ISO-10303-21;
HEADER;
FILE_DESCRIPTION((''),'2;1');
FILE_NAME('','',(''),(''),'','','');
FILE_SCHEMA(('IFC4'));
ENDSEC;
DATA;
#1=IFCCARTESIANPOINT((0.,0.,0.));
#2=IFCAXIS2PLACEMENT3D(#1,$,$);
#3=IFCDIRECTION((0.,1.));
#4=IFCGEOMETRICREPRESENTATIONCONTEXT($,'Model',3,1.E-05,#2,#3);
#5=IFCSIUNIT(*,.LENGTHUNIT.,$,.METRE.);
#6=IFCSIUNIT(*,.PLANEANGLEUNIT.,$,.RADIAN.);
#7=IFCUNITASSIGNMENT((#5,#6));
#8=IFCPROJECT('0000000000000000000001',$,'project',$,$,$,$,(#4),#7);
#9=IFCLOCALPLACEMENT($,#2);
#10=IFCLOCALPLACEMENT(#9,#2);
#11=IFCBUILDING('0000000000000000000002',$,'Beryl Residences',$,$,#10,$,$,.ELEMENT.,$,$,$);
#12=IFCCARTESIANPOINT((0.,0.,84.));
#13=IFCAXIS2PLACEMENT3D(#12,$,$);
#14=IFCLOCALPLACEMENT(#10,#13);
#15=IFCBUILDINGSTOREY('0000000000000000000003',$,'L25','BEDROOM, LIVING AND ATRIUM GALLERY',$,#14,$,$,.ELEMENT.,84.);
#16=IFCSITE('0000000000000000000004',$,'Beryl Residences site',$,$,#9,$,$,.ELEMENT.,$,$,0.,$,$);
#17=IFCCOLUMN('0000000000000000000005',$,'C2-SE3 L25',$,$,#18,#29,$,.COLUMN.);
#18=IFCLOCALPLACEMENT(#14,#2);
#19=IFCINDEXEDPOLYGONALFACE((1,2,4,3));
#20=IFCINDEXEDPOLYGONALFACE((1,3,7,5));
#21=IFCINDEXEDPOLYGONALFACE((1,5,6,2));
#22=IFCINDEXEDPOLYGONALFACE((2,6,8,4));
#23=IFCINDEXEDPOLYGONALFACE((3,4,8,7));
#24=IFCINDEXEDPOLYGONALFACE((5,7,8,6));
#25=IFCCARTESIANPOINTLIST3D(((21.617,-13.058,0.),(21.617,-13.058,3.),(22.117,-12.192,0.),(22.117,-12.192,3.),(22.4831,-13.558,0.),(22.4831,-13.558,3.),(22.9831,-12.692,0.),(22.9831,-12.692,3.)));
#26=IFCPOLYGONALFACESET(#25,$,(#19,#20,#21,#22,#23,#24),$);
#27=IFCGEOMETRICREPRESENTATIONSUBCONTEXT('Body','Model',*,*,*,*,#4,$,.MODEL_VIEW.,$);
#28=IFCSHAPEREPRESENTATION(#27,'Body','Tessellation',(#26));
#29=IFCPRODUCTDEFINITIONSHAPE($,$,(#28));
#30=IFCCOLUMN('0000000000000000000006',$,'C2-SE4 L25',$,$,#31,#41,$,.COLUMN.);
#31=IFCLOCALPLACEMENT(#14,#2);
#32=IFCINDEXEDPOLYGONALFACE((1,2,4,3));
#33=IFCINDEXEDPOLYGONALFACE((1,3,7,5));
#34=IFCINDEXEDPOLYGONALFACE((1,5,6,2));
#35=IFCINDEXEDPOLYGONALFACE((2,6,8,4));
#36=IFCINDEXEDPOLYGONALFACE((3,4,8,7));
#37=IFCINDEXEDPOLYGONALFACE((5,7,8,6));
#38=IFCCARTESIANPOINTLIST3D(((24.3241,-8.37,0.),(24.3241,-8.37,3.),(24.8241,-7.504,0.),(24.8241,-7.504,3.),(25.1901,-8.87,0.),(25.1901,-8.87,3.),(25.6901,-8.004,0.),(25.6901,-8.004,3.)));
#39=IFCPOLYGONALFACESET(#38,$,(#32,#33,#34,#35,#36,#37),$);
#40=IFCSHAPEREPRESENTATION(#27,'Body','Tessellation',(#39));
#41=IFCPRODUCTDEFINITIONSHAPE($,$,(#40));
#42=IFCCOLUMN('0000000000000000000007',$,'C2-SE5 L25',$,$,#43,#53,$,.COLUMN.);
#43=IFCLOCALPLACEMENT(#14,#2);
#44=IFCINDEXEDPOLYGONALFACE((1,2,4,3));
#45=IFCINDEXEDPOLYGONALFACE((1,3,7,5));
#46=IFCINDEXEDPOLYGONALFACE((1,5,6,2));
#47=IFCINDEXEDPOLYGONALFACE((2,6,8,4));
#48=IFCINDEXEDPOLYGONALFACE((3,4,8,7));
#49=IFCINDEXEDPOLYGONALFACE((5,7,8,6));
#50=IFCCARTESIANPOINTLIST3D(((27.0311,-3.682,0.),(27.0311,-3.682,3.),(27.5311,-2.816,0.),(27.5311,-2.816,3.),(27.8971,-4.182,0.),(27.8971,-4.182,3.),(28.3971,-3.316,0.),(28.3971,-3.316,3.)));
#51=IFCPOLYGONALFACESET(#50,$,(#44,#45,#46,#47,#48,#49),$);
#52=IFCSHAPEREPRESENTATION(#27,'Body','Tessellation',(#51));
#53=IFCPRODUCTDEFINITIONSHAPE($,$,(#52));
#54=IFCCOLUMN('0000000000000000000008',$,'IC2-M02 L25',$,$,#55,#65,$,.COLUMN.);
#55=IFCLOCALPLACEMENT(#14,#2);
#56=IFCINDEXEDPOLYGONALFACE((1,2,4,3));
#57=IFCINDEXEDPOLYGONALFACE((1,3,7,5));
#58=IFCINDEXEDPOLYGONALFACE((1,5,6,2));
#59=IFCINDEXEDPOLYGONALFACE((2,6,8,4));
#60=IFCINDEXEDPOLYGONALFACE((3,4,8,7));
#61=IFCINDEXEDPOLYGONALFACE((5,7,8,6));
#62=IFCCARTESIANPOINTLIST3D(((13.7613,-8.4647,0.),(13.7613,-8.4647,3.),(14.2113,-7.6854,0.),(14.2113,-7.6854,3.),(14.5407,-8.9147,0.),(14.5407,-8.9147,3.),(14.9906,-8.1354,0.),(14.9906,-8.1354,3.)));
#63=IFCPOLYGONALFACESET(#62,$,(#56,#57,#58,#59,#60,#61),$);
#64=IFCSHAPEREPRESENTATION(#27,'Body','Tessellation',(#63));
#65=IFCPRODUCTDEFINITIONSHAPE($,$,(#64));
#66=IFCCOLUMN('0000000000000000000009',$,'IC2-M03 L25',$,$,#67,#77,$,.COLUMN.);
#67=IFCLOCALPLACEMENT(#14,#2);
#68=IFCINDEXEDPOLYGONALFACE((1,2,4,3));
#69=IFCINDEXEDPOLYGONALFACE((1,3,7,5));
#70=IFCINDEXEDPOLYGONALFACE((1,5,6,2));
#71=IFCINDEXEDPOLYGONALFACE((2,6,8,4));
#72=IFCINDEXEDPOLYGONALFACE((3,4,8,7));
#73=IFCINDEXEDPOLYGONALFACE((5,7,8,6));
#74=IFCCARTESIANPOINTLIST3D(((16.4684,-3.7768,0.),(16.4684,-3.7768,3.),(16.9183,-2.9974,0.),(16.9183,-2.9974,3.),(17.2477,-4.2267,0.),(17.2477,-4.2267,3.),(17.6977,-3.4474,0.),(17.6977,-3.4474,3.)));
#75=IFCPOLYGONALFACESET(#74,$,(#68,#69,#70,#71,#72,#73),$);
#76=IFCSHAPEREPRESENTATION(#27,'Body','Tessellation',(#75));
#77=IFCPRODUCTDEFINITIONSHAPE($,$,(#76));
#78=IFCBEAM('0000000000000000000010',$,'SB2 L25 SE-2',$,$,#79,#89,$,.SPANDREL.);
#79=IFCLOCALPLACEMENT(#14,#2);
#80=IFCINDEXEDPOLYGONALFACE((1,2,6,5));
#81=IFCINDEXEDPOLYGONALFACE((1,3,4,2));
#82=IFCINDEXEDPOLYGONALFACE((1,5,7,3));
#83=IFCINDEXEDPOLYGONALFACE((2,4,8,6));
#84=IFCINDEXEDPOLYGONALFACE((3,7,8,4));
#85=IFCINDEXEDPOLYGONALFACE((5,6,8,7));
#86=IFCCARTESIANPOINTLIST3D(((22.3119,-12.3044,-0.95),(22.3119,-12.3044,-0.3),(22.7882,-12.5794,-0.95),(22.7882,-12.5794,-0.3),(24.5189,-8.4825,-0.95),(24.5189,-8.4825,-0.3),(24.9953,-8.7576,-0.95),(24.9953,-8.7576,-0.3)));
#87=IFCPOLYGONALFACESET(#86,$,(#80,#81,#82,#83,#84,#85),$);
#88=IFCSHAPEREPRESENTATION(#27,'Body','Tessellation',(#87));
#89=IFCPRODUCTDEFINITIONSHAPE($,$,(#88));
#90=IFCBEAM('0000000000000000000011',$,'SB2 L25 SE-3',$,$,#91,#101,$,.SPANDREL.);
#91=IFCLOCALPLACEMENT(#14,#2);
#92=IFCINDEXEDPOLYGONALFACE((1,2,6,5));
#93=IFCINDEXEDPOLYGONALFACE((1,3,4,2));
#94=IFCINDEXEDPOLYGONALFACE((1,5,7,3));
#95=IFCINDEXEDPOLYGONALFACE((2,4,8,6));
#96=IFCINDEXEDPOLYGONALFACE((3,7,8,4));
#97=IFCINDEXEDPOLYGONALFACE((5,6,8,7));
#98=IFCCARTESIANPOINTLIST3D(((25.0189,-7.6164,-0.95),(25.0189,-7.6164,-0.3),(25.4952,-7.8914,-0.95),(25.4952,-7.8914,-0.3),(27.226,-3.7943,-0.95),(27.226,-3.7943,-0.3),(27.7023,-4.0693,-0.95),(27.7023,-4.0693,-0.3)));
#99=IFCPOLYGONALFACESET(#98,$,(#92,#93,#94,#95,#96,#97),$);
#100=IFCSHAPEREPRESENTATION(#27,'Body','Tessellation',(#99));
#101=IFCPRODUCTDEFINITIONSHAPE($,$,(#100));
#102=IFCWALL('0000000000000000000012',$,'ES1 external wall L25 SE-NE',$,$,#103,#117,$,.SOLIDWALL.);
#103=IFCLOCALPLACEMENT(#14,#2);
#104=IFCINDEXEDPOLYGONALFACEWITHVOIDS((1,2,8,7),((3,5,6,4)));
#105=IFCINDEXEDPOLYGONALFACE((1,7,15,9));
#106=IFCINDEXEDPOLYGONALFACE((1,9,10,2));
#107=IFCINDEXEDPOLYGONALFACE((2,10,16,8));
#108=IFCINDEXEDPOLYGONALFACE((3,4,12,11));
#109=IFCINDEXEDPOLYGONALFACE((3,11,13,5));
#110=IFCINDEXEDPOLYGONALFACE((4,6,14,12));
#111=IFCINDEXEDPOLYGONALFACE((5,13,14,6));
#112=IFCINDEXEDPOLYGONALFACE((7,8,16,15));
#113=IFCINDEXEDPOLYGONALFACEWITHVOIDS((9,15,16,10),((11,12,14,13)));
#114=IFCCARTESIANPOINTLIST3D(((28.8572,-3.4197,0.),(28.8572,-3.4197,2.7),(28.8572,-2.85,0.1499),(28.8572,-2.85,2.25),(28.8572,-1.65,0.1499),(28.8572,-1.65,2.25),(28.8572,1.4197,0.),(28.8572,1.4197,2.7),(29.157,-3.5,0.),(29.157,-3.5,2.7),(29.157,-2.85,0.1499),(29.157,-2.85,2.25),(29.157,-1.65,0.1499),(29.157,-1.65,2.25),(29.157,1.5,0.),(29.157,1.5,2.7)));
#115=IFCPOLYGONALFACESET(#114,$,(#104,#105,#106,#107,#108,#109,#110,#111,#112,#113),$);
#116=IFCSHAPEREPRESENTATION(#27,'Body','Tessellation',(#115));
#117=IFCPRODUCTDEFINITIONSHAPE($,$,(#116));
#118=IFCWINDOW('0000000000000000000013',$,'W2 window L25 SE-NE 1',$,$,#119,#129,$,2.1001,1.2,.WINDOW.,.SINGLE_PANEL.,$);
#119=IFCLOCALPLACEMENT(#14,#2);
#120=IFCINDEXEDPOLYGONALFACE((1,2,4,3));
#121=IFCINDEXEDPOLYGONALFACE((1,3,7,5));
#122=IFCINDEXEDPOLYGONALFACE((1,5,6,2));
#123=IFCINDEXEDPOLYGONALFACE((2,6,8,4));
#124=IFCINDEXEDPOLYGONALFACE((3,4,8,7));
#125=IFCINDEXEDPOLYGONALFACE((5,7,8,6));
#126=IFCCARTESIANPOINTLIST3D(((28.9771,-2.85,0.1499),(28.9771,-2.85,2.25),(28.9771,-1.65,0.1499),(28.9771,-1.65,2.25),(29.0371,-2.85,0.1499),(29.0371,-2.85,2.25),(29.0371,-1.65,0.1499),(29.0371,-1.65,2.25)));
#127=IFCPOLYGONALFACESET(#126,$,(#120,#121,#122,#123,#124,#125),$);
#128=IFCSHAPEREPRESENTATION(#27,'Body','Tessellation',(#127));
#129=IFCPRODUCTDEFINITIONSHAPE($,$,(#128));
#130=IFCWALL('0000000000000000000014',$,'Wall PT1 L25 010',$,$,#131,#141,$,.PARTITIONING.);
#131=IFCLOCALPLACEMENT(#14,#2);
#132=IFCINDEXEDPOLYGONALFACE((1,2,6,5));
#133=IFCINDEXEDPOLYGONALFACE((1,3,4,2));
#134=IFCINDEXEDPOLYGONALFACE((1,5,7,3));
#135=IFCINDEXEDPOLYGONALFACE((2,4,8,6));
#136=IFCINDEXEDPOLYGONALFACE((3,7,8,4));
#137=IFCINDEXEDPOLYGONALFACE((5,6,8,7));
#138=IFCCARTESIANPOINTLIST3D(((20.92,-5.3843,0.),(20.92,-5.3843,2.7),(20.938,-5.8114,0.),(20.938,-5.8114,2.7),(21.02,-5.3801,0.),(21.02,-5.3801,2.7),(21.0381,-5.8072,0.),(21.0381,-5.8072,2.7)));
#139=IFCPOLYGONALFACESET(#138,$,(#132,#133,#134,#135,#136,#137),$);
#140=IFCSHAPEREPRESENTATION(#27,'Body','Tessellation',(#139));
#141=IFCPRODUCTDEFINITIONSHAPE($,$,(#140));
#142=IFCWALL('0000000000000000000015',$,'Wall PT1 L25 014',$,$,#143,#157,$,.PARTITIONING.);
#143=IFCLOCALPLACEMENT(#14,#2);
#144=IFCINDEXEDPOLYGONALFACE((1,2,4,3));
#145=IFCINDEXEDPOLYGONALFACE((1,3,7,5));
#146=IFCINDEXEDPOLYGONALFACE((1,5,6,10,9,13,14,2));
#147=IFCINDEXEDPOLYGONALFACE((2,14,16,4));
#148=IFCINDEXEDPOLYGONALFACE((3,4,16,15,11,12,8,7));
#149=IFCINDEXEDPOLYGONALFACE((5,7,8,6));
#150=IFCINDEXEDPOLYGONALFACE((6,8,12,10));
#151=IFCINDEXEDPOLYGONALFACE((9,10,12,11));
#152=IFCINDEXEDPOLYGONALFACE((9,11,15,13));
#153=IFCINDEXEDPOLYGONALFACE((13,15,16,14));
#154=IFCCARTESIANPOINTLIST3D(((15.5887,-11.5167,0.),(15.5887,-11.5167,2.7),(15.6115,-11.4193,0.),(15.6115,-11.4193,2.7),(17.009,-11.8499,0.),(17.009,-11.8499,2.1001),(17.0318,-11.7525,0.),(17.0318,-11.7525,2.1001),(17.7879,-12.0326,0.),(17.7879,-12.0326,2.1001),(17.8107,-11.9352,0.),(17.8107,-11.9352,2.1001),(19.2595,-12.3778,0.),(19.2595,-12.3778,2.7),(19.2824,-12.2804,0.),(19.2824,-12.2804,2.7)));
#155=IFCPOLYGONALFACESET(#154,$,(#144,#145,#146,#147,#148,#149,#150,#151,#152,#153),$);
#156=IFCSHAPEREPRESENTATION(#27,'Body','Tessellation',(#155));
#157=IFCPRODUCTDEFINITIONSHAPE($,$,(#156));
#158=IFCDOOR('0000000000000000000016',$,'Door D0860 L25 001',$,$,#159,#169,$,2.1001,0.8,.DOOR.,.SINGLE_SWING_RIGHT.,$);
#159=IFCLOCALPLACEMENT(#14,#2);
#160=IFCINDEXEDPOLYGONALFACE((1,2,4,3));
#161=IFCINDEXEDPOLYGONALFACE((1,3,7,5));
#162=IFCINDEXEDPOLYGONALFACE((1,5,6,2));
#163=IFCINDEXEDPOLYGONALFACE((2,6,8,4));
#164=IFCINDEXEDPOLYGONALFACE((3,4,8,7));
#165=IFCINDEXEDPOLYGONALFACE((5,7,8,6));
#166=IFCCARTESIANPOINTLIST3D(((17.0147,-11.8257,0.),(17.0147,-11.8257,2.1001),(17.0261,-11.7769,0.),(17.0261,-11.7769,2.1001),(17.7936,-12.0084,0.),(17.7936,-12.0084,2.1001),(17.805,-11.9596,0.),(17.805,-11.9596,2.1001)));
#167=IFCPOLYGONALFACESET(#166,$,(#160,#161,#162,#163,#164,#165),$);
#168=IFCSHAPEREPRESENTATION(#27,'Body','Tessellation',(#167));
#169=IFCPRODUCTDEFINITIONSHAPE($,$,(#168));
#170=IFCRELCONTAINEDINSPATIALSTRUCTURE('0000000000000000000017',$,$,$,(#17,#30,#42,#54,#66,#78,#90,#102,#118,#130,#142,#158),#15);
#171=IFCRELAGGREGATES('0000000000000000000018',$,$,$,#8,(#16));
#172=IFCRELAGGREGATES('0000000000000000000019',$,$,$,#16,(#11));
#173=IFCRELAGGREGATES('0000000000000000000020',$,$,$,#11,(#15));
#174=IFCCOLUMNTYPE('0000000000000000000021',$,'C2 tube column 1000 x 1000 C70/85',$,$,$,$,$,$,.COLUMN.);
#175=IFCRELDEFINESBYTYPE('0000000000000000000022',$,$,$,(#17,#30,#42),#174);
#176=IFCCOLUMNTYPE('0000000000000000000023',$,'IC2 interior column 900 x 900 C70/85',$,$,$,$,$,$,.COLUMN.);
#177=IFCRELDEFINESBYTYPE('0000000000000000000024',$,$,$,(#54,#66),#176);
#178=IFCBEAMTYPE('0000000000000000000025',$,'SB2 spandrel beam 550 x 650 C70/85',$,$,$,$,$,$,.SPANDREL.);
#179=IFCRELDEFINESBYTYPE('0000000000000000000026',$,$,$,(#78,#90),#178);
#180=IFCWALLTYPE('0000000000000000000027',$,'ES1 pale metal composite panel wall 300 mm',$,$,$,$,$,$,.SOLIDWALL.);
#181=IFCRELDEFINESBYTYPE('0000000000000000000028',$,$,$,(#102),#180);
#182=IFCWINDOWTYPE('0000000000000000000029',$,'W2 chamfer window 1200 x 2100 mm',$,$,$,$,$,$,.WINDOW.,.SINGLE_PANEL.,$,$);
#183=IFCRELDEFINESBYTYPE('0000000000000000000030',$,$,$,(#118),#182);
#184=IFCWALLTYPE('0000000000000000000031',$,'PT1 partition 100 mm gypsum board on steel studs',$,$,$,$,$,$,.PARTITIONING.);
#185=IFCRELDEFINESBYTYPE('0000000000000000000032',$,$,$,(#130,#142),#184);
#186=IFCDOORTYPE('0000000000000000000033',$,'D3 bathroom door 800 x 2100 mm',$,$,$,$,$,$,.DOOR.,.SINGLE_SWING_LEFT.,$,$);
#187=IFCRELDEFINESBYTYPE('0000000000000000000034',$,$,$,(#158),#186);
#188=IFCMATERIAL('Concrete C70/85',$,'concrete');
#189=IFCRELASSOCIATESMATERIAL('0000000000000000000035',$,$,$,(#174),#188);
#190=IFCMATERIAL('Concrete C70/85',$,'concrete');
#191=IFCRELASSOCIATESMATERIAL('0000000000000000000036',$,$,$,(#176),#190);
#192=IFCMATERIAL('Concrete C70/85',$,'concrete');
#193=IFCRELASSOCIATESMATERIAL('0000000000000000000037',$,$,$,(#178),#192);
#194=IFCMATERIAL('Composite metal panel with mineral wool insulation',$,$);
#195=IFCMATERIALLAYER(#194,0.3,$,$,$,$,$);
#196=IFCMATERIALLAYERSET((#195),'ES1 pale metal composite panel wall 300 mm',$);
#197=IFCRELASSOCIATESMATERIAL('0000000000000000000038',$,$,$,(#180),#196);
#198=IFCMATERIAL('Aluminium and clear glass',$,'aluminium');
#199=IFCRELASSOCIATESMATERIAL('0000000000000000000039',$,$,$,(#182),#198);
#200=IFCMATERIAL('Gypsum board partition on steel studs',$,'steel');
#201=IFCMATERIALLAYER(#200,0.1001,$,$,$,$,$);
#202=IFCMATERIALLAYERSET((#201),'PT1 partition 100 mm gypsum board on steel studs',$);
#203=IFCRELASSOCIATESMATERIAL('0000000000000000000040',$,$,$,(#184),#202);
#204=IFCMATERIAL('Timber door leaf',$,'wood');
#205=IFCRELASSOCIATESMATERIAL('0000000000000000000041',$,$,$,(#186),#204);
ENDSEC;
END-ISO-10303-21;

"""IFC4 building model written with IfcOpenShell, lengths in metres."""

from ifc_helpers import new_model, si_unit, direction, frame, frame_2d, origin, origin_2d, place, context, subcontext, project, spatial, polyline, rectangle, outline, extrude, material, layer, layer_set, material_profile, profile_set, type_object, element, fill, save


model = new_model("IFC4")

# Units and contexts
model_context = context("Model", 3, precision=1e-05, world=origin(), true_north=direction((0.0, 1.0)))
body_context = subcontext(model_context, "Body", "Model", "MODEL_VIEW")
ifc_project = project(units=[si_unit("LENGTHUNIT", "METRE"), si_unit("PLANEANGLEUNIT", "RADIAN")], contexts=[model_context])

# Site, building, storey
site_placement = place(None, origin())
site = spatial("IfcSite", under=ifc_project, at=site_placement, Name="Beryl Residences site", CompositionType="ELEMENT", RefElevation=0.0)
building_placement = place(site_placement, origin())
building = spatial("IfcBuilding", under=site, at=building_placement, Name="Beryl Residences", CompositionType="ELEMENT")
storey_placement = place(building_placement, frame((0.0, 0.0, 84.0)))
storey = spatial("IfcBuildingStorey", under=building, at=storey_placement, Name="L25", Description="BEDROOM, LIVING AND ATRIUM GALLERY", CompositionType="ELEMENT", Elevation=84.0)

# Columns
ifc_material_1 = material(Name="Concrete C70/85", Category="concrete")
ifc_material_profile_1 = material_profile(ifc_material_1, rectangle(XDim=1.0, YDim=1.0, at=origin_2d()))
ifc_profile_set_1 = profile_set([ifc_material_profile_1], Name="Concrete C70/85")
column_type_1 = type_object("IfcColumnType", Name="C2 tube column 1000 x 1000 C70/85", PredefinedType="COLUMN", material=ifc_profile_set_1)
for number, where, z_axis, x_axis, name in (
    (1, (22.3, -12.875, 0.0), (0.0, 0.0, 1.0), (0.5, 0.866025, 0.0), "C2-SE3 L25"),
    (2, (25.0071, -8.187, 0.0), (0.0, 0.0, 1.0), (0.5, 0.866025, 0.0), "C2-SE4 L25"),
    (3, (27.7141, -3.499, 0.0), (0.0, 0.0, 1.0), (0.5, 0.866025, 0.0), "C2-SE5 L25"),
):
    element("IfcColumn", number, at=place(storey_placement, frame(where, z_axis=z_axis, x_axis=x_axis)), inside=storey, type_object=column_type_1, Name=name, PredefinedType="COLUMN", context=body_context, shape_type="SweptSolid", body=[
        extrude(rectangle(XDim=1.0, YDim=1.0, at=origin_2d()), origin(), (0.0, 0.0, 1.0), 3.0),
    ])
ifc_material_2 = material(Name="Concrete C70/85", Category="concrete")
ifc_material_profile_2 = material_profile(ifc_material_2, rectangle(XDim=0.8999, YDim=0.8999, at=origin_2d()))
ifc_profile_set_2 = profile_set([ifc_material_profile_2], Name="Concrete C70/85")
column_type_2 = type_object("IfcColumnType", Name="IC2 interior column 900 x 900 C70/85", PredefinedType="COLUMN", material=ifc_profile_set_2)
for number, where, z_axis, x_axis, name in (
    (4, (14.376, -8.3, 0.0), (0.0, 0.0, 1.0), (0.5, 0.866025, 0.0), "IC2-M02 L25"),
    (5, (17.083, -3.6121, 0.0), (0.0, 0.0, 1.0), (0.5, 0.866025, 0.0), "IC2-M03 L25"),
):
    element("IfcColumn", number, at=place(storey_placement, frame(where, z_axis=z_axis, x_axis=x_axis)), inside=storey, type_object=column_type_2, Name=name, PredefinedType="COLUMN", context=body_context, shape_type="SweptSolid", body=[
        extrude(rectangle(XDim=0.8999, YDim=0.8999, at=origin_2d()), origin(), (0.0, 0.0, 1.0), 3.0),
    ])

# Beams
ifc_material_3 = material(Name="Concrete C70/85", Category="concrete")
ifc_material_profile_3 = material_profile(ifc_material_3, rectangle(XDim=0.55, YDim=0.6499, at=origin_2d()))
ifc_profile_set_3 = profile_set([ifc_material_profile_3], Name="Concrete C70/85")
beam_type = type_object("IfcBeamType", Name="SB2 spandrel beam 550 x 650 C70/85", PredefinedType="SPANDREL", material=ifc_profile_set_3)
beam_1_placement = place(storey_placement, frame((22.55, -12.4419, -0.625), z_axis=(0.50009, 0.865974, 0.0), x_axis=(-0.865974, 0.50009, 0.0)))
element("IfcBeam", 6, at=beam_1_placement, inside=storey, type_object=beam_type, Name="SB2 L25 SE-2", PredefinedType="SPANDREL", context=body_context, shape_type="SweptSolid", body=[
    extrude(rectangle(XDim=0.55, YDim=0.6499, at=origin_2d()), origin(), (0.0, 0.0, 1.0), 4.4133),
])
beam_2_placement = place(storey_placement, frame((25.2571, -7.7539, -0.625), z_axis=(0.500066, 0.865988, 0.0), x_axis=(-0.865988, 0.500066, 0.0)))
element("IfcBeam", 7, at=beam_2_placement, inside=storey, type_object=beam_type, Name="SB2 L25 SE-3", PredefinedType="SPANDREL", context=body_context, shape_type="SweptSolid", body=[
    extrude(rectangle(XDim=0.55, YDim=0.6499, at=origin_2d()), origin(), (0.0, 0.0, 1.0), 4.4136),
])

# Wall, opening, window
ifc_material_4 = material(Name="Composite metal panel with mineral wool insulation")
ifc_layer_1 = layer(ifc_material_4, 0.3)
ifc_layer_set_1 = layer_set([ifc_layer_1], Name="ES1 pale metal composite panel wall 300 mm")
wall_type_1 = type_object("IfcWallType", Name="ES1 pale metal composite panel wall 300 mm", PredefinedType="SOLIDWALL", material=ifc_layer_set_1)
wall_1_placement = place(storey_placement, frame((29.0071, -3.5, 0.0), z_axis=(0.0, 0.0, 1.0), x_axis=(0.0, 1.0, 0.0)))
wall_1 = element("IfcWall", 8, at=wall_1_placement, inside=storey, type_object=wall_type_1, Name="ES1 external wall L25 SE-NE", PredefinedType="SOLIDWALL", context=body_context, shape_type="SweptSolid", body=[
    extrude(outline(polyline([(0.0, -0.1499), (5.0, -0.1499), (4.9197, 0.1499), (0.0803, 0.1499), (0.0, -0.1499)])), origin(), (0.0, 0.0, 1.0), 2.7),
])
opening_1_placement = place(wall_1_placement, frame((0.6499, 0.0, 0.1499)))
opening_1 = element("IfcOpeningElement", 9, at=opening_1_placement, cuts=wall_1, PredefinedType="OPENING", context=body_context, shape_type="SweptSolid", body=[
    extrude(rectangle(XDim=1.2, YDim=2.1001, at=frame_2d((0.6001, 1.05))), frame((0.0, 0.1599, 0.0), z_axis=(0.0, -1.0, 0.0), x_axis=(1.0, 0.0, 0.0)), (0.0, 0.0, 1.0), 0.3201),
])
ifc_material_5 = material(Name="Aluminium and clear glass", Category="aluminium")
window_type = type_object("IfcWindowType", Name="W2 chamfer window 1200 x 2100 mm", PartitioningType="SINGLE_PANEL", PredefinedType="WINDOW", material=ifc_material_5)
window_placement = place(opening_1_placement, origin())
window = element("IfcWindow", 10, at=window_placement, inside=storey, type_object=window_type, Name="W2 window L25 SE-NE 1", OverallHeight=2.1001, OverallWidth=1.2, PartitioningType="SINGLE_PANEL", PredefinedType="WINDOW", context=body_context, shape_type="SweptSolid", body=[
    extrude(rectangle(XDim=1.2, YDim=2.1001, at=frame_2d((0.6001, 1.05))), frame((0.0, 0.03, 0.0), z_axis=(0.0, -1.0, 0.0), x_axis=(1.0, 0.0, 0.0)), (0.0, 0.0, 1.0), 0.0601),
])
fill(opening_1, window)

# Wall
ifc_material_6 = material(Name="Gypsum board partition on steel studs", Category="steel")
ifc_layer_2 = layer(ifc_material_6, 0.1001)
ifc_layer_set_2 = layer_set([ifc_layer_2], Name="PT1 partition 100 mm gypsum board on steel studs")
wall_type_2 = type_object("IfcWallType", Name="PT1 partition 100 mm gypsum board on steel studs", PredefinedType="PARTITIONING", material=ifc_layer_set_2)
wall_2_placement = place(storey_placement, frame((20.97, -5.3821, 0.0), z_axis=(0.0, 0.0, 1.0), x_axis=(0.042272, -0.999106, 0.0)))
element("IfcWall", 11, at=wall_2_placement, inside=storey, type_object=wall_type_2, Name="Wall PT1 L25 010", PredefinedType="PARTITIONING", context=body_context, shape_type="SweptSolid", body=[
    extrude(rectangle(XDim=0.4275, YDim=0.1001, at=frame_2d((0.2139, 0.0))), origin(), (0.0, 0.0, 1.0), 2.7),
])

# Wall, opening, door
wall_3_placement = place(storey_placement, frame((15.6001, -11.468, 0.0), z_axis=(0.0, 0.0, 1.0), x_axis=(0.973574, -0.228372, 0.0)))
wall_3 = element("IfcWall", 12, at=wall_3_placement, inside=storey, type_object=wall_type_2, Name="Wall PT1 L25 014", PredefinedType="PARTITIONING", context=body_context, shape_type="SweptSolid", body=[
    extrude(rectangle(XDim=3.7705, YDim=0.1001, at=frame_2d((1.8853, 0.0))), origin(), (0.0, 0.0, 1.0), 2.7),
])
opening_2_placement = place(wall_3_placement, frame((1.459, 0.0, 0.0)))
opening_2 = element("IfcOpeningElement", 13, at=opening_2_placement, cuts=wall_3, PredefinedType="OPENING", context=body_context, shape_type="SweptSolid", body=[
    extrude(rectangle(XDim=0.8, YDim=2.1001, at=frame_2d((0.3999, 1.05))), frame((0.0, 0.0601, 0.0), z_axis=(0.0, -1.0, 0.0), x_axis=(1.0, 0.0, 0.0)), (0.0, 0.0, 1.0), 0.1201),
])
ifc_material_7 = material(Name="Timber door leaf", Category="wood")
door_type_1 = type_object("IfcDoorType", Name="D3 bathroom door 800 x 2100 mm", OperationType="SINGLE_SWING_LEFT", PredefinedType="DOOR", material=ifc_material_7)
door_1_placement = place(opening_2_placement, origin())
door_1 = element("IfcDoor", 14, at=door_1_placement, inside=storey, type_object=door_type_1, Name="Door D0860 L25 001", OperationType="SINGLE_SWING_RIGHT", OverallHeight=2.1001, OverallWidth=0.8, PredefinedType="DOOR", context=body_context, shape_type="SweptSolid", body=[
    extrude(rectangle(XDim=0.8, YDim=2.1001, at=frame_2d((0.3999, 1.05))), frame((0.0, 0.0249, 0.0), z_axis=(0.0, -1.0, 0.0), x_axis=(1.0, 0.0, 0.0)), (0.0, 0.0, 1.0), 0.05),
])
fill(opening_2, door_1)

save(model, "model.ifc")
